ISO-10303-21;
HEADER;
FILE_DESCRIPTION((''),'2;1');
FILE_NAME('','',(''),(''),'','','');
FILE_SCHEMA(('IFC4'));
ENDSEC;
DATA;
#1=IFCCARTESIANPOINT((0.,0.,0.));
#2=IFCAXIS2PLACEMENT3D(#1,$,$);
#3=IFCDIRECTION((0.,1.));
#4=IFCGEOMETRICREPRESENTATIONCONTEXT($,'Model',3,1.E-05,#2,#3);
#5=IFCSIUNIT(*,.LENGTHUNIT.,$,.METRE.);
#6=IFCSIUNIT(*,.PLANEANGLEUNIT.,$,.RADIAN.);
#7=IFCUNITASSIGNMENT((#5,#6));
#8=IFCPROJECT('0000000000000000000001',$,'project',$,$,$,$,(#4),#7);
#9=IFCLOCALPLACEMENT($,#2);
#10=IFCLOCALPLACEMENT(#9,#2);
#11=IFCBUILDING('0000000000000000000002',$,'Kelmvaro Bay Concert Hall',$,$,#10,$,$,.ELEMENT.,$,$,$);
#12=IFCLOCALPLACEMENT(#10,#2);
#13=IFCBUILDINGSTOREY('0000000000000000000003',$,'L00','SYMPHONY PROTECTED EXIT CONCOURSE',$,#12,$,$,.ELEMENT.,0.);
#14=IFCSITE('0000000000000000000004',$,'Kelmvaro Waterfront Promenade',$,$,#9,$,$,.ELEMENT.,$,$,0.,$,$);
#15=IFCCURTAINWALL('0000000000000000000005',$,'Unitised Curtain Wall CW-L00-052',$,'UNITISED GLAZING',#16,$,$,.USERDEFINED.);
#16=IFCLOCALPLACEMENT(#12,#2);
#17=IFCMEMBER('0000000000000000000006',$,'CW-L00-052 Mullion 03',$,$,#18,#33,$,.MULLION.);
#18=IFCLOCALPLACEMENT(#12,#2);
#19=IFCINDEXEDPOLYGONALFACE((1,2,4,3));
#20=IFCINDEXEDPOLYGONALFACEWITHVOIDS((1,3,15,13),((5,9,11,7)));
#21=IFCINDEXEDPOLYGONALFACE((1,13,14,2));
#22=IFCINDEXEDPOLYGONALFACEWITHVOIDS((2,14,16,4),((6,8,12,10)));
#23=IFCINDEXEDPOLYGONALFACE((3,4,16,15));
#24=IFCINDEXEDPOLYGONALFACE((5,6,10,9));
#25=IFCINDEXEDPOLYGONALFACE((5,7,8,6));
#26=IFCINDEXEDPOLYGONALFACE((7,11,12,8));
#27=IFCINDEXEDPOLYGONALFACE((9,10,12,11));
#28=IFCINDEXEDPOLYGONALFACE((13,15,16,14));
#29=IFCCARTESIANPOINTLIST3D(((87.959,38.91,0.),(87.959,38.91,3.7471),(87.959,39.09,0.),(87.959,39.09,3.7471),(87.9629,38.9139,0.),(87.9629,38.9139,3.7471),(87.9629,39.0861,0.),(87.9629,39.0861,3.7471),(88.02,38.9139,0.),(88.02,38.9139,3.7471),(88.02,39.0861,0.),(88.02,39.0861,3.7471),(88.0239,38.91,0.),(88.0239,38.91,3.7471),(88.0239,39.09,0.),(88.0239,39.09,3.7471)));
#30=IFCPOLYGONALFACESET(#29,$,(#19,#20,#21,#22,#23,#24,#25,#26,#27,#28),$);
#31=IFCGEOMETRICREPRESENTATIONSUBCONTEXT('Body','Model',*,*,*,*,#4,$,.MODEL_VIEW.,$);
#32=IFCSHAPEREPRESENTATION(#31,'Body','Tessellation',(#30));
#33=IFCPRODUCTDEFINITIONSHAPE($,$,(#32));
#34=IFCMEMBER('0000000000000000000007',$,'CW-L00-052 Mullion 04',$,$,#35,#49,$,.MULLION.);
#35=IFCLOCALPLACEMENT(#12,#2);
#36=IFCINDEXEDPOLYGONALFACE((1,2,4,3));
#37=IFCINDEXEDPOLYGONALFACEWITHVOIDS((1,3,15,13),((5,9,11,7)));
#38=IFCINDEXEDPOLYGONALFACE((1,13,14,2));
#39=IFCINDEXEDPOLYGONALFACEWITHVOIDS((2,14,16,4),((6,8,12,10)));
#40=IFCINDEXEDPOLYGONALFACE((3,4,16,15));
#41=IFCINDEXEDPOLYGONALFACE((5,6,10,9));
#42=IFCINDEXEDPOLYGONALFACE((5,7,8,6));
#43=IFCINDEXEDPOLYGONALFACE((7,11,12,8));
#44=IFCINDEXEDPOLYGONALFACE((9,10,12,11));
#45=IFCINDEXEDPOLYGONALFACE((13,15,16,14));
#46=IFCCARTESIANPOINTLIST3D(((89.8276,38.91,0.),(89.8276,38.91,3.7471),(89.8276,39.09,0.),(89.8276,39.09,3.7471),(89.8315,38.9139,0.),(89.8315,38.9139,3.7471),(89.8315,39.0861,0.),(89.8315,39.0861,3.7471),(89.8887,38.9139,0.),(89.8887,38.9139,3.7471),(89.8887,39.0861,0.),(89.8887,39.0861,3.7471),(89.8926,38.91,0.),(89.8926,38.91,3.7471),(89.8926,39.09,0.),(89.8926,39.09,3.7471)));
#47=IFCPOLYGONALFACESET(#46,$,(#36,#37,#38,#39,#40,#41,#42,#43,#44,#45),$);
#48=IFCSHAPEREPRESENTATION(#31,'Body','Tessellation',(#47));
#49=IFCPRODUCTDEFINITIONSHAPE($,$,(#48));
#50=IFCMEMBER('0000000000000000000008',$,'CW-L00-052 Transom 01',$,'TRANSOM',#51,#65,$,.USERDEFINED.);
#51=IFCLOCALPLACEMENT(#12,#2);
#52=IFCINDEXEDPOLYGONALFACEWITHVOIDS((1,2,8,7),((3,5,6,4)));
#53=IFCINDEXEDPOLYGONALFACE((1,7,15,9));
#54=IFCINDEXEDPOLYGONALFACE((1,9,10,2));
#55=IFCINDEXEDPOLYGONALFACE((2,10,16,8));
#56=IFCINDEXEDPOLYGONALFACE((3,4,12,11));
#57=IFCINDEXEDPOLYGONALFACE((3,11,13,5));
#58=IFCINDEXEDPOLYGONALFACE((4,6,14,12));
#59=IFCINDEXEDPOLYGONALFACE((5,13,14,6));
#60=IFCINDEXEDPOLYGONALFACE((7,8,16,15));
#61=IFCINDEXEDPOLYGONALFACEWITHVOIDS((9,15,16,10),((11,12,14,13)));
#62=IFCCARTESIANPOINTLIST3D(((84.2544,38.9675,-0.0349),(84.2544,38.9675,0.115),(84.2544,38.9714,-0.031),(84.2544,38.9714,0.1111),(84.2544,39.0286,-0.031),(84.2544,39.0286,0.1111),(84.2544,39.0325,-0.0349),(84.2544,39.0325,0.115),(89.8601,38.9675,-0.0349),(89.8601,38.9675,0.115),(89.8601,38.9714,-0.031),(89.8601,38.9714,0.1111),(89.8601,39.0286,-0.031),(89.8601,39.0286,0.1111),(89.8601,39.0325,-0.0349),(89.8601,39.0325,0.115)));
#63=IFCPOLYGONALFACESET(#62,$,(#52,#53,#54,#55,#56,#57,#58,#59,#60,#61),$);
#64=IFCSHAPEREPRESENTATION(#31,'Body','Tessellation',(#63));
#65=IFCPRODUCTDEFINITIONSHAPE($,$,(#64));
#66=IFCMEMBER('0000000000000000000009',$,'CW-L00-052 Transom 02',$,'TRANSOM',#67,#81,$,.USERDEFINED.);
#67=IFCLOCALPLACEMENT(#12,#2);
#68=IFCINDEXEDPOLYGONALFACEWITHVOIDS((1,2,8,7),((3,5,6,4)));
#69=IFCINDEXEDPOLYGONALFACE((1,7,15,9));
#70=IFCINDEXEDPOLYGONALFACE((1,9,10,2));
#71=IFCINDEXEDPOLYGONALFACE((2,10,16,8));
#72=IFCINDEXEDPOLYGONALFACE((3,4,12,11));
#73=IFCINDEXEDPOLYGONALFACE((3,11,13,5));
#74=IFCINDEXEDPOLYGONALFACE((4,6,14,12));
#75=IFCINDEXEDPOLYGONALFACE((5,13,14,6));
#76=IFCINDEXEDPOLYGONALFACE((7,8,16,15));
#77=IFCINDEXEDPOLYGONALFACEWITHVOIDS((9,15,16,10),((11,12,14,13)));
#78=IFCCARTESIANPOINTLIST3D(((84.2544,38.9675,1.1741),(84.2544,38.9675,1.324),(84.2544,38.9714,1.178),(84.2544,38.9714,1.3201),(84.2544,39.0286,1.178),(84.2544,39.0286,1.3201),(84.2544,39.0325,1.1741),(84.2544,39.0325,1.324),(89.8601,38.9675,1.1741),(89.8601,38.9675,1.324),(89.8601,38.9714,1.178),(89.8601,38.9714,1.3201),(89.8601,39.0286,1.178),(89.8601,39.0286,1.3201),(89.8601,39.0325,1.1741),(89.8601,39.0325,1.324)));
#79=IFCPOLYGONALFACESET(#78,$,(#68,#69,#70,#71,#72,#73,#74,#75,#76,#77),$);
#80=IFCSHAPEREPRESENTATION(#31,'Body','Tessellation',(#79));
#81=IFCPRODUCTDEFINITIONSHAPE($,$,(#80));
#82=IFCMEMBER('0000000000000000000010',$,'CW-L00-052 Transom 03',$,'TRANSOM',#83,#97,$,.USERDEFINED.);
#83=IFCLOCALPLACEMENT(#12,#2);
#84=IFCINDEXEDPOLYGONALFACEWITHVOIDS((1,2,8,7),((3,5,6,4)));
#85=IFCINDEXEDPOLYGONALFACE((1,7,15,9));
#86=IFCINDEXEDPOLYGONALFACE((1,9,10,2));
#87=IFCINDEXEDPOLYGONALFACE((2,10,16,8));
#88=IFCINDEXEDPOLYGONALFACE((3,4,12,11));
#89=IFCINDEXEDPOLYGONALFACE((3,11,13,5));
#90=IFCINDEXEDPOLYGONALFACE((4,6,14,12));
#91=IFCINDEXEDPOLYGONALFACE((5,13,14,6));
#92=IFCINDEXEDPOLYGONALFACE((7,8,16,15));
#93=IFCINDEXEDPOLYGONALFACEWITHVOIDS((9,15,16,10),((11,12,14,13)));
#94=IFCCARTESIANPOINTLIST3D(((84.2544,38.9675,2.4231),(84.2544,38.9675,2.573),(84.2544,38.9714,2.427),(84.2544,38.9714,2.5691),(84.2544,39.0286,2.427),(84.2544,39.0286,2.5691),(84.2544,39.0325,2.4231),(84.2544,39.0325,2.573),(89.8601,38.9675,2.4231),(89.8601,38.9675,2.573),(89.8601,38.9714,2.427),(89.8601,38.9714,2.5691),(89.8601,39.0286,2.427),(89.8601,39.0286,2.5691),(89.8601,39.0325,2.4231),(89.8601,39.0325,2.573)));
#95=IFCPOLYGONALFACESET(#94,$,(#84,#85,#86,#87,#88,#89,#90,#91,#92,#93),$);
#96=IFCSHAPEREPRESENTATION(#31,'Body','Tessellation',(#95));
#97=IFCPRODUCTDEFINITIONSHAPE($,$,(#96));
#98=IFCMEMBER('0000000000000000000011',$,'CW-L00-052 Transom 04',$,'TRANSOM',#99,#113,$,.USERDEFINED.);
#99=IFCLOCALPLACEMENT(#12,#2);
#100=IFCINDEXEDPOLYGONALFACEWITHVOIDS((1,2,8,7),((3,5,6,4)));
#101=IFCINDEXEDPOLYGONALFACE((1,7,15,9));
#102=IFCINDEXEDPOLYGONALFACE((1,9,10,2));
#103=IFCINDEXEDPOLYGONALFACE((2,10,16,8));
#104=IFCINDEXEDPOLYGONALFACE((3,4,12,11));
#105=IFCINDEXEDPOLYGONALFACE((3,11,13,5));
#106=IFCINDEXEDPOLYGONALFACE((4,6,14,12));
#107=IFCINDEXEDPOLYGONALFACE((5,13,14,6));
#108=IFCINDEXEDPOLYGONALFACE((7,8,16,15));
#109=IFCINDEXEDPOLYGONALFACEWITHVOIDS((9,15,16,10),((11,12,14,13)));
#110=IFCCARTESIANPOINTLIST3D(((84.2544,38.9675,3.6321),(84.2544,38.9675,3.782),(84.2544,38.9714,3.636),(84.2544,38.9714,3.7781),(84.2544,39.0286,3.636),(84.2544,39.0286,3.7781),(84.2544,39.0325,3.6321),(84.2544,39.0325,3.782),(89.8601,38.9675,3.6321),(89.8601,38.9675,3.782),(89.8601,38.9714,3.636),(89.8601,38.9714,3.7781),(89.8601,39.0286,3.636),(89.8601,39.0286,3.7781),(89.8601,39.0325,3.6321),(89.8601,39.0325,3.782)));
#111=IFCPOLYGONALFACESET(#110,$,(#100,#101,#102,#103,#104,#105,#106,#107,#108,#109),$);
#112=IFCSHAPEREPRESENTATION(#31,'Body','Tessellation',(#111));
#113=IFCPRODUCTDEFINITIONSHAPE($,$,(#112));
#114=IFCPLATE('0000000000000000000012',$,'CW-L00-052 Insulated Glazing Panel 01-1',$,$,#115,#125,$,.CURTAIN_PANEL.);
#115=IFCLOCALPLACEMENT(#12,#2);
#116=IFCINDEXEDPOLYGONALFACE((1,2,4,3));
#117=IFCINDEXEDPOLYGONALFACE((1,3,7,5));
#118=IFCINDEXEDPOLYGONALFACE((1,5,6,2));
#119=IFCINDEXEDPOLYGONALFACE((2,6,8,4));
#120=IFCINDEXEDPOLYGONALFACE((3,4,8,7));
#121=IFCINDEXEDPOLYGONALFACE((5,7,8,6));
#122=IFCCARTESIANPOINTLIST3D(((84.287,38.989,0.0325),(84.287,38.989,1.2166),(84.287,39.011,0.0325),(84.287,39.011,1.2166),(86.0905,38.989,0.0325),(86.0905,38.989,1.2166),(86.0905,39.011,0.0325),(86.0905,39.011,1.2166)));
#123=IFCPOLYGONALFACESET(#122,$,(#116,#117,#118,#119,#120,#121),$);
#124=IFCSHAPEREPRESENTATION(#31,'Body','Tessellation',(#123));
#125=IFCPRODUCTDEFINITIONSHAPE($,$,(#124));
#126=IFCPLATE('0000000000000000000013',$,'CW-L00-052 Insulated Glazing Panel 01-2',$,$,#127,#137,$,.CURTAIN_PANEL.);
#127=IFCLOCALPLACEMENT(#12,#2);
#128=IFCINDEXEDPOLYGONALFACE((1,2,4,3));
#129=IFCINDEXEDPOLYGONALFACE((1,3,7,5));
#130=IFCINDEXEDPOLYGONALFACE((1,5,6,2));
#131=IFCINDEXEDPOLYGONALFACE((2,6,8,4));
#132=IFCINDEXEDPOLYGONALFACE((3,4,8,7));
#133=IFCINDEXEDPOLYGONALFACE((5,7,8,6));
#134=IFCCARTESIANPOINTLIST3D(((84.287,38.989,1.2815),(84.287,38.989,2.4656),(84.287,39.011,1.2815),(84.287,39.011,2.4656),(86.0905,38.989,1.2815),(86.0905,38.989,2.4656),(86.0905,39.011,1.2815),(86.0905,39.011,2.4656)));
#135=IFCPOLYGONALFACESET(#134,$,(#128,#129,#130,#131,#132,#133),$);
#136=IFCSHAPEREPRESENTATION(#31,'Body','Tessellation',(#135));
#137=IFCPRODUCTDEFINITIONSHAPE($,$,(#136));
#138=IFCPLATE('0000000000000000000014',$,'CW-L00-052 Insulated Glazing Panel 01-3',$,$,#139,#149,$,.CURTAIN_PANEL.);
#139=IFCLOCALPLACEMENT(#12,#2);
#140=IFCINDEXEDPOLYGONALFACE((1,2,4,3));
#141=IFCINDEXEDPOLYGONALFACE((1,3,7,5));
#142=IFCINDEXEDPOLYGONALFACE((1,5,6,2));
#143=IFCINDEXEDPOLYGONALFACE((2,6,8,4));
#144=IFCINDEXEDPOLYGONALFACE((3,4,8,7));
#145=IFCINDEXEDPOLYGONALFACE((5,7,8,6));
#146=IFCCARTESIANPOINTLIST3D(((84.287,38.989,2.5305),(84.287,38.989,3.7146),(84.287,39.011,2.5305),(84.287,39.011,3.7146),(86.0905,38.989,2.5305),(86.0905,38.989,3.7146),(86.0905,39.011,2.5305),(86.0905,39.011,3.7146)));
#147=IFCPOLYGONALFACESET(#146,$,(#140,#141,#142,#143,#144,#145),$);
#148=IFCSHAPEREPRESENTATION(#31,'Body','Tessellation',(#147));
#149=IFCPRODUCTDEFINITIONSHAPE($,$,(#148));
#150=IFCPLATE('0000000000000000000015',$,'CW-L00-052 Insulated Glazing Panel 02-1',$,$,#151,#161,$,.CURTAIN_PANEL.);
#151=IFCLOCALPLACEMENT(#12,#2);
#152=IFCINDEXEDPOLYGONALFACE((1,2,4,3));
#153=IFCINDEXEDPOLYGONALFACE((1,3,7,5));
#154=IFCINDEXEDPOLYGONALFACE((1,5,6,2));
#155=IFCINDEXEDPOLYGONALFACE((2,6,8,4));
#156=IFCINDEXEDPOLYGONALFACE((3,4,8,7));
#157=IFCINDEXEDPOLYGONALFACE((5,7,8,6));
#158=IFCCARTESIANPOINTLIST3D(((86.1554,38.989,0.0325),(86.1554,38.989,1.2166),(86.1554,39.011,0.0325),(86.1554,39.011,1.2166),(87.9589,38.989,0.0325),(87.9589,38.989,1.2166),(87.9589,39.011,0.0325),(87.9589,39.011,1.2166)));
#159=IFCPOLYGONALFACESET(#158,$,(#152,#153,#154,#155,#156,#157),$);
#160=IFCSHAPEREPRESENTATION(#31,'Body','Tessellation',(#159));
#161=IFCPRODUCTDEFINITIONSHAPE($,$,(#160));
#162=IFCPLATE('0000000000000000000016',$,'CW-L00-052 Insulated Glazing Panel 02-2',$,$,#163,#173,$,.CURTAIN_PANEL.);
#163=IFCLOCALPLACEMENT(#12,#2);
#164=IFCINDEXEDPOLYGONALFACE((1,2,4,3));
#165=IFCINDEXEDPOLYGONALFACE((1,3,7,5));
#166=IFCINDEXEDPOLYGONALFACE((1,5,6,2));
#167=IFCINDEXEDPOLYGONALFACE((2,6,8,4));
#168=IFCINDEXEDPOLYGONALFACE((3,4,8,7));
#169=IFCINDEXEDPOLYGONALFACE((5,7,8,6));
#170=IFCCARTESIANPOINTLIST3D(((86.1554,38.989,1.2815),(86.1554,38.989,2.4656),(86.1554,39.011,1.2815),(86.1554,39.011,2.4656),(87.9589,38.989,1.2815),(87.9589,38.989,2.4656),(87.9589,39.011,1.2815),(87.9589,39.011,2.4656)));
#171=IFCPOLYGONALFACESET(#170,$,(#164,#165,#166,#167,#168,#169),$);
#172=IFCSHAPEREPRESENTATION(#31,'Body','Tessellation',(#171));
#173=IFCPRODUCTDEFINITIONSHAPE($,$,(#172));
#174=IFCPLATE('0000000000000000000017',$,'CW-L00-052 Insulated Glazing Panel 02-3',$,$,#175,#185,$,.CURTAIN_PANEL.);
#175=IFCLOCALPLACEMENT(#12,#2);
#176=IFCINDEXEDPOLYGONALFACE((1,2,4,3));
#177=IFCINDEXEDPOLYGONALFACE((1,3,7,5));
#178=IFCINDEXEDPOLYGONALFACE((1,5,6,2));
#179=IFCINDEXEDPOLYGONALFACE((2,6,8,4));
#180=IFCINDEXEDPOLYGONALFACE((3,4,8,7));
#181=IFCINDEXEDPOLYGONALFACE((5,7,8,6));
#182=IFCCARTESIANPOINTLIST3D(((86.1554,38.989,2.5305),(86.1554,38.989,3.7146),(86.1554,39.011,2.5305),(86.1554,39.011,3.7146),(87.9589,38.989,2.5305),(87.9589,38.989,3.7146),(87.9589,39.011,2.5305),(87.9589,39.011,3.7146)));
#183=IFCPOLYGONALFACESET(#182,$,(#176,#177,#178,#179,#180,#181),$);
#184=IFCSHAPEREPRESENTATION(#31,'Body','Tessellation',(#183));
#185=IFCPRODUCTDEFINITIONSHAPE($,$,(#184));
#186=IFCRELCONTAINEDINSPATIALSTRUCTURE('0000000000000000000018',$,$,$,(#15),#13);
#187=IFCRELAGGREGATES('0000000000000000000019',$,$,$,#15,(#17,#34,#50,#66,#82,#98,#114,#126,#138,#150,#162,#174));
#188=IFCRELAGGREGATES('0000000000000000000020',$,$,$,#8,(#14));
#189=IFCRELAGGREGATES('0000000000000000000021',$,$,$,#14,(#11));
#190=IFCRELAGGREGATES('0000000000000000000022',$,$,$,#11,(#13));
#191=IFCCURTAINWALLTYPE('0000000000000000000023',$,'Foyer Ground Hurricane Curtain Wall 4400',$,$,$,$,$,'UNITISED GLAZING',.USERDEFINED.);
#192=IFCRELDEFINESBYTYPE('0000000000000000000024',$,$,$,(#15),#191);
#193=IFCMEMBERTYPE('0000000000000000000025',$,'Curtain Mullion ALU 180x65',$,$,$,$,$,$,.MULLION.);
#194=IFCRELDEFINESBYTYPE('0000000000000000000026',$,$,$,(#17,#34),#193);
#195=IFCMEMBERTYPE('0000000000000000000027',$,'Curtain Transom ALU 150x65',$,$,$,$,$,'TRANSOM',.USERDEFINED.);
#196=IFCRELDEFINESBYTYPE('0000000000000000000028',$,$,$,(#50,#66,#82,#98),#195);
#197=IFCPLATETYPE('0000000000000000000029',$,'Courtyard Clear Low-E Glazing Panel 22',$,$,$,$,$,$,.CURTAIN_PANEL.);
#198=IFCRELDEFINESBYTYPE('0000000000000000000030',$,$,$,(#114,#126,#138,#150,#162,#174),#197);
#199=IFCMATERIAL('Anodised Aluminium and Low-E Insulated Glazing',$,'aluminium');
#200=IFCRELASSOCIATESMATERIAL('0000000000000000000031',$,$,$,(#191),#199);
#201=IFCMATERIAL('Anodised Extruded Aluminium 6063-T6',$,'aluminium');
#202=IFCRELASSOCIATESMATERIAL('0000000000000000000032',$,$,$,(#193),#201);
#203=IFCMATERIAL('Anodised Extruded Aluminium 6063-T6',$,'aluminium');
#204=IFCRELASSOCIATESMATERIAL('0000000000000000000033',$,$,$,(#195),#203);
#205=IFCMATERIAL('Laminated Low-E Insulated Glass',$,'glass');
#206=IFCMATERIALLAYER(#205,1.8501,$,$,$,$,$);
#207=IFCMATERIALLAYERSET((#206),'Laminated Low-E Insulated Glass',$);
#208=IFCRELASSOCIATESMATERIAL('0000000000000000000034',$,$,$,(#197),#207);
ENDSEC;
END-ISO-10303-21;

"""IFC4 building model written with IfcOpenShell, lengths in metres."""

from ifc_helpers import new_model, si_unit, direction, frame, origin, origin_2d, place, context, subcontext, project, spatial, rectangle, hollow_rectangle, extrude, material, layer, layer_set, material_profile, profile_set, type_object, element, aggregate, save


model = new_model("IFC4")

# Units and contexts
model_context = context("Model", 3, precision=1e-05, world=origin(), true_north=direction((0.0, 1.0)))
body_context = subcontext(model_context, "Body", "Model", "MODEL_VIEW")
ifc_project = project(units=[si_unit("LENGTHUNIT", "METRE"), si_unit("PLANEANGLEUNIT", "RADIAN")], contexts=[model_context])

# Site, building, storey
site_placement = place(None, origin())
site = spatial("IfcSite", under=ifc_project, at=site_placement, Name="Kelmvaro Waterfront Promenade", CompositionType="ELEMENT", RefElevation=0.0)
building_placement = place(site_placement, origin())
building = spatial("IfcBuilding", under=site, at=building_placement, Name="Kelmvaro Bay Concert Hall", CompositionType="ELEMENT")
storey_placement = place(building_placement, origin())
storey = spatial("IfcBuildingStorey", under=building, at=storey_placement, Name="L00", Description="SYMPHONY PROTECTED EXIT CONCOURSE", CompositionType="ELEMENT", Elevation=0.0)

# Curtain wall, members, plates
ifc_material_1 = material(Name="Anodised Aluminium and Low-E Insulated Glazing", Category="aluminium")
curtain_wall_type = type_object("IfcCurtainWallType", Name="Foyer Ground Hurricane Curtain Wall 4400", ElementType="UNITISED GLAZING", PredefinedType="USERDEFINED", material=ifc_material_1)
curtain_wall_placement = place(storey_placement, origin())
curtain_wall = element("IfcCurtainWall", 1, at=curtain_wall_placement, inside=storey, type_object=curtain_wall_type, Name="Unitised Curtain Wall CW-L00-052", ObjectType="UNITISED GLAZING", PredefinedType="USERDEFINED")
ifc_material_2 = material(Name="Anodised Extruded Aluminium 6063-T6", Category="aluminium")
ifc_material_profile_1 = material_profile(ifc_material_2, hollow_rectangle(XDim=0.0649, YDim=0.1799, WallThickness=0.0039, at=origin_2d()), Name="ALU-MUL-180X65")
ifc_profile_set_1 = profile_set([ifc_material_profile_1], Name="Anodised Extruded Aluminium 6063-T6")
member_type_1 = type_object("IfcMemberType", Name="Curtain Mullion ALU 180x65", PredefinedType="MULLION", material=ifc_profile_set_1)
member_1_placement = place(storey_placement, frame((87.9915, 39.0, 0.0), z_axis=(0.0, 0.0, 1.0), x_axis=(1.0, 0.0, 0.0)))
member_1 = element("IfcMember", 2, at=member_1_placement, type_object=member_type_1, Name="CW-L00-052 Mullion 03", PredefinedType="MULLION", context=body_context, shape_type="SweptSolid", body=[
    extrude(hollow_rectangle(XDim=0.0649, YDim=0.1799, WallThickness=0.0039, at=origin_2d()), origin(), (0.0, 0.0, 1.0), 3.7471),
])
member_2_placement = place(storey_placement, frame((89.8601, 39.0, 0.0), z_axis=(0.0, 0.0, 1.0), x_axis=(1.0, 0.0, 0.0)))
member_2 = element("IfcMember", 3, at=member_2_placement, type_object=member_type_1, Name="CW-L00-052 Mullion 04", PredefinedType="MULLION", context=body_context, shape_type="SweptSolid", body=[
    extrude(hollow_rectangle(XDim=0.0649, YDim=0.1799, WallThickness=0.0039, at=origin_2d()), origin(), (0.0, 0.0, 1.0), 3.7471),
])
ifc_material_3 = material(Name="Anodised Extruded Aluminium 6063-T6", Category="aluminium")
ifc_material_profile_2 = material_profile(ifc_material_3, hollow_rectangle(XDim=0.0649, YDim=0.1499, WallThickness=0.0039, at=origin_2d()), Name="ALU-TRN-150X65")
ifc_profile_set_2 = profile_set([ifc_material_profile_2], Name="Anodised Extruded Aluminium 6063-T6")
member_type_2 = type_object("IfcMemberType", Name="Curtain Transom ALU 150x65", ElementType="TRANSOM", PredefinedType="USERDEFINED", material=ifc_profile_set_2)
member_3_placement = place(storey_placement, frame((84.2544, 39.0, 0.04), z_axis=(1.0, 0.0, 0.0), x_axis=(0.0, 1.0, 0.0)))
member_3 = element("IfcMember", 4, at=member_3_placement, type_object=member_type_2, Name="CW-L00-052 Transom 01", ObjectType="TRANSOM", PredefinedType="USERDEFINED", context=body_context, shape_type="SweptSolid", body=[
    extrude(hollow_rectangle(XDim=0.0649, YDim=0.1499, WallThickness=0.0039, at=origin_2d()), origin(), (0.0, 0.0, 1.0), 5.6057),
])
member_4_placement = place(storey_placement, frame((84.2544, 39.0, 1.249), z_axis=(1.0, 0.0, 0.0), x_axis=(0.0, 1.0, 0.0)))
member_4 = element("IfcMember", 5, at=member_4_placement, type_object=member_type_2, Name="CW-L00-052 Transom 02", ObjectType="TRANSOM", PredefinedType="USERDEFINED", context=body_context, shape_type="SweptSolid", body=[
    extrude(hollow_rectangle(XDim=0.0649, YDim=0.1499, WallThickness=0.0039, at=origin_2d()), origin(), (0.0, 0.0, 1.0), 5.6057),
])
member_5_placement = place(storey_placement, frame((84.2544, 39.0, 2.498), z_axis=(1.0, 0.0, 0.0), x_axis=(0.0, 1.0, 0.0)))
member_5 = element("IfcMember", 6, at=member_5_placement, type_object=member_type_2, Name="CW-L00-052 Transom 03", ObjectType="TRANSOM", PredefinedType="USERDEFINED", context=body_context, shape_type="SweptSolid", body=[
    extrude(hollow_rectangle(XDim=0.0649, YDim=0.1499, WallThickness=0.0039, at=origin_2d()), origin(), (0.0, 0.0, 1.0), 5.6057),
])
member_6_placement = place(storey_placement, frame((84.2544, 39.0, 3.707), z_axis=(1.0, 0.0, 0.0), x_axis=(0.0, 1.0, 0.0)))
member_6 = element("IfcMember", 7, at=member_6_placement, type_object=member_type_2, Name="CW-L00-052 Transom 04", ObjectType="TRANSOM", PredefinedType="USERDEFINED", context=body_context, shape_type="SweptSolid", body=[
    extrude(hollow_rectangle(XDim=0.0649, YDim=0.1499, WallThickness=0.0039, at=origin_2d()), origin(), (0.0, 0.0, 1.0), 5.6057),
])
ifc_material_4 = material(Name="Laminated Low-E Insulated Glass", Category="glass")
ifc_layer_1 = layer(ifc_material_4, 1.8501)
ifc_layer_set_1 = layer_set([ifc_layer_1], Name="Laminated Low-E Insulated Glass")
plate_type = type_object("IfcPlateType", Name="Courtyard Clear Low-E Glazing Panel 22", PredefinedType="CURTAIN_PANEL", material=ifc_layer_set_1)
plate_1_placement = place(storey_placement, frame((85.1887, 39.0, 0.0325), z_axis=(0.0, 0.0, 1.0), x_axis=(1.0, 0.0, 0.0)))
plate_1 = element("IfcPlate", 8, at=plate_1_placement, type_object=plate_type, Name="CW-L00-052 Insulated Glazing Panel 01-1", PredefinedType="CURTAIN_PANEL", context=body_context, shape_type="SweptSolid", body=[
    extrude(rectangle(XDim=1.8035, YDim=0.022, at=origin_2d()), origin(), (0.0, 0.0, 1.0), 1.1841),
])
plate_2_placement = place(storey_placement, frame((85.1887, 39.0, 1.2815), z_axis=(0.0, 0.0, 1.0), x_axis=(1.0, 0.0, 0.0)))
plate_2 = element("IfcPlate", 9, at=plate_2_placement, type_object=plate_type, Name="CW-L00-052 Insulated Glazing Panel 01-2", PredefinedType="CURTAIN_PANEL", context=body_context, shape_type="SweptSolid", body=[
    extrude(rectangle(XDim=1.8035, YDim=0.022, at=origin_2d()), origin(), (0.0, 0.0, 1.0), 1.1841),
])
plate_3_placement = place(storey_placement, frame((85.1887, 39.0, 2.5305), z_axis=(0.0, 0.0, 1.0), x_axis=(1.0, 0.0, 0.0)))
plate_3 = element("IfcPlate", 10, at=plate_3_placement, type_object=plate_type, Name="CW-L00-052 Insulated Glazing Panel 01-3", PredefinedType="CURTAIN_PANEL", context=body_context, shape_type="SweptSolid", body=[
    extrude(rectangle(XDim=1.8035, YDim=0.022, at=origin_2d()), origin(), (0.0, 0.0, 1.0), 1.1841),
])
plate_4_placement = place(storey_placement, frame((87.0571, 39.0, 0.0325), z_axis=(0.0, 0.0, 1.0), x_axis=(1.0, 0.0, 0.0)))
plate_4 = element("IfcPlate", 11, at=plate_4_placement, type_object=plate_type, Name="CW-L00-052 Insulated Glazing Panel 02-1", PredefinedType="CURTAIN_PANEL", context=body_context, shape_type="SweptSolid", body=[
    extrude(rectangle(XDim=1.8035, YDim=0.022, at=origin_2d()), origin(), (0.0, 0.0, 1.0), 1.1841),
])
plate_5_placement = place(storey_placement, frame((87.0571, 39.0, 1.2815), z_axis=(0.0, 0.0, 1.0), x_axis=(1.0, 0.0, 0.0)))
plate_5 = element("IfcPlate", 12, at=plate_5_placement, type_object=plate_type, Name="CW-L00-052 Insulated Glazing Panel 02-2", PredefinedType="CURTAIN_PANEL", context=body_context, shape_type="SweptSolid", body=[
    extrude(rectangle(XDim=1.8035, YDim=0.022, at=origin_2d()), origin(), (0.0, 0.0, 1.0), 1.1841),
])
plate_6_placement = place(storey_placement, frame((87.0571, 39.0, 2.5305), z_axis=(0.0, 0.0, 1.0), x_axis=(1.0, 0.0, 0.0)))
plate_6 = element("IfcPlate", 13, at=plate_6_placement, type_object=plate_type, Name="CW-L00-052 Insulated Glazing Panel 02-3", PredefinedType="CURTAIN_PANEL", context=body_context, shape_type="SweptSolid", body=[
    extrude(rectangle(XDim=1.8035, YDim=0.022, at=origin_2d()), origin(), (0.0, 0.0, 1.0), 1.1841),
])
aggregate(curtain_wall, [member_1, member_2, member_3, member_4, member_5, member_6, plate_1, plate_2, plate_3, plate_4, plate_5, plate_6])

save(model, "model.ifc")
